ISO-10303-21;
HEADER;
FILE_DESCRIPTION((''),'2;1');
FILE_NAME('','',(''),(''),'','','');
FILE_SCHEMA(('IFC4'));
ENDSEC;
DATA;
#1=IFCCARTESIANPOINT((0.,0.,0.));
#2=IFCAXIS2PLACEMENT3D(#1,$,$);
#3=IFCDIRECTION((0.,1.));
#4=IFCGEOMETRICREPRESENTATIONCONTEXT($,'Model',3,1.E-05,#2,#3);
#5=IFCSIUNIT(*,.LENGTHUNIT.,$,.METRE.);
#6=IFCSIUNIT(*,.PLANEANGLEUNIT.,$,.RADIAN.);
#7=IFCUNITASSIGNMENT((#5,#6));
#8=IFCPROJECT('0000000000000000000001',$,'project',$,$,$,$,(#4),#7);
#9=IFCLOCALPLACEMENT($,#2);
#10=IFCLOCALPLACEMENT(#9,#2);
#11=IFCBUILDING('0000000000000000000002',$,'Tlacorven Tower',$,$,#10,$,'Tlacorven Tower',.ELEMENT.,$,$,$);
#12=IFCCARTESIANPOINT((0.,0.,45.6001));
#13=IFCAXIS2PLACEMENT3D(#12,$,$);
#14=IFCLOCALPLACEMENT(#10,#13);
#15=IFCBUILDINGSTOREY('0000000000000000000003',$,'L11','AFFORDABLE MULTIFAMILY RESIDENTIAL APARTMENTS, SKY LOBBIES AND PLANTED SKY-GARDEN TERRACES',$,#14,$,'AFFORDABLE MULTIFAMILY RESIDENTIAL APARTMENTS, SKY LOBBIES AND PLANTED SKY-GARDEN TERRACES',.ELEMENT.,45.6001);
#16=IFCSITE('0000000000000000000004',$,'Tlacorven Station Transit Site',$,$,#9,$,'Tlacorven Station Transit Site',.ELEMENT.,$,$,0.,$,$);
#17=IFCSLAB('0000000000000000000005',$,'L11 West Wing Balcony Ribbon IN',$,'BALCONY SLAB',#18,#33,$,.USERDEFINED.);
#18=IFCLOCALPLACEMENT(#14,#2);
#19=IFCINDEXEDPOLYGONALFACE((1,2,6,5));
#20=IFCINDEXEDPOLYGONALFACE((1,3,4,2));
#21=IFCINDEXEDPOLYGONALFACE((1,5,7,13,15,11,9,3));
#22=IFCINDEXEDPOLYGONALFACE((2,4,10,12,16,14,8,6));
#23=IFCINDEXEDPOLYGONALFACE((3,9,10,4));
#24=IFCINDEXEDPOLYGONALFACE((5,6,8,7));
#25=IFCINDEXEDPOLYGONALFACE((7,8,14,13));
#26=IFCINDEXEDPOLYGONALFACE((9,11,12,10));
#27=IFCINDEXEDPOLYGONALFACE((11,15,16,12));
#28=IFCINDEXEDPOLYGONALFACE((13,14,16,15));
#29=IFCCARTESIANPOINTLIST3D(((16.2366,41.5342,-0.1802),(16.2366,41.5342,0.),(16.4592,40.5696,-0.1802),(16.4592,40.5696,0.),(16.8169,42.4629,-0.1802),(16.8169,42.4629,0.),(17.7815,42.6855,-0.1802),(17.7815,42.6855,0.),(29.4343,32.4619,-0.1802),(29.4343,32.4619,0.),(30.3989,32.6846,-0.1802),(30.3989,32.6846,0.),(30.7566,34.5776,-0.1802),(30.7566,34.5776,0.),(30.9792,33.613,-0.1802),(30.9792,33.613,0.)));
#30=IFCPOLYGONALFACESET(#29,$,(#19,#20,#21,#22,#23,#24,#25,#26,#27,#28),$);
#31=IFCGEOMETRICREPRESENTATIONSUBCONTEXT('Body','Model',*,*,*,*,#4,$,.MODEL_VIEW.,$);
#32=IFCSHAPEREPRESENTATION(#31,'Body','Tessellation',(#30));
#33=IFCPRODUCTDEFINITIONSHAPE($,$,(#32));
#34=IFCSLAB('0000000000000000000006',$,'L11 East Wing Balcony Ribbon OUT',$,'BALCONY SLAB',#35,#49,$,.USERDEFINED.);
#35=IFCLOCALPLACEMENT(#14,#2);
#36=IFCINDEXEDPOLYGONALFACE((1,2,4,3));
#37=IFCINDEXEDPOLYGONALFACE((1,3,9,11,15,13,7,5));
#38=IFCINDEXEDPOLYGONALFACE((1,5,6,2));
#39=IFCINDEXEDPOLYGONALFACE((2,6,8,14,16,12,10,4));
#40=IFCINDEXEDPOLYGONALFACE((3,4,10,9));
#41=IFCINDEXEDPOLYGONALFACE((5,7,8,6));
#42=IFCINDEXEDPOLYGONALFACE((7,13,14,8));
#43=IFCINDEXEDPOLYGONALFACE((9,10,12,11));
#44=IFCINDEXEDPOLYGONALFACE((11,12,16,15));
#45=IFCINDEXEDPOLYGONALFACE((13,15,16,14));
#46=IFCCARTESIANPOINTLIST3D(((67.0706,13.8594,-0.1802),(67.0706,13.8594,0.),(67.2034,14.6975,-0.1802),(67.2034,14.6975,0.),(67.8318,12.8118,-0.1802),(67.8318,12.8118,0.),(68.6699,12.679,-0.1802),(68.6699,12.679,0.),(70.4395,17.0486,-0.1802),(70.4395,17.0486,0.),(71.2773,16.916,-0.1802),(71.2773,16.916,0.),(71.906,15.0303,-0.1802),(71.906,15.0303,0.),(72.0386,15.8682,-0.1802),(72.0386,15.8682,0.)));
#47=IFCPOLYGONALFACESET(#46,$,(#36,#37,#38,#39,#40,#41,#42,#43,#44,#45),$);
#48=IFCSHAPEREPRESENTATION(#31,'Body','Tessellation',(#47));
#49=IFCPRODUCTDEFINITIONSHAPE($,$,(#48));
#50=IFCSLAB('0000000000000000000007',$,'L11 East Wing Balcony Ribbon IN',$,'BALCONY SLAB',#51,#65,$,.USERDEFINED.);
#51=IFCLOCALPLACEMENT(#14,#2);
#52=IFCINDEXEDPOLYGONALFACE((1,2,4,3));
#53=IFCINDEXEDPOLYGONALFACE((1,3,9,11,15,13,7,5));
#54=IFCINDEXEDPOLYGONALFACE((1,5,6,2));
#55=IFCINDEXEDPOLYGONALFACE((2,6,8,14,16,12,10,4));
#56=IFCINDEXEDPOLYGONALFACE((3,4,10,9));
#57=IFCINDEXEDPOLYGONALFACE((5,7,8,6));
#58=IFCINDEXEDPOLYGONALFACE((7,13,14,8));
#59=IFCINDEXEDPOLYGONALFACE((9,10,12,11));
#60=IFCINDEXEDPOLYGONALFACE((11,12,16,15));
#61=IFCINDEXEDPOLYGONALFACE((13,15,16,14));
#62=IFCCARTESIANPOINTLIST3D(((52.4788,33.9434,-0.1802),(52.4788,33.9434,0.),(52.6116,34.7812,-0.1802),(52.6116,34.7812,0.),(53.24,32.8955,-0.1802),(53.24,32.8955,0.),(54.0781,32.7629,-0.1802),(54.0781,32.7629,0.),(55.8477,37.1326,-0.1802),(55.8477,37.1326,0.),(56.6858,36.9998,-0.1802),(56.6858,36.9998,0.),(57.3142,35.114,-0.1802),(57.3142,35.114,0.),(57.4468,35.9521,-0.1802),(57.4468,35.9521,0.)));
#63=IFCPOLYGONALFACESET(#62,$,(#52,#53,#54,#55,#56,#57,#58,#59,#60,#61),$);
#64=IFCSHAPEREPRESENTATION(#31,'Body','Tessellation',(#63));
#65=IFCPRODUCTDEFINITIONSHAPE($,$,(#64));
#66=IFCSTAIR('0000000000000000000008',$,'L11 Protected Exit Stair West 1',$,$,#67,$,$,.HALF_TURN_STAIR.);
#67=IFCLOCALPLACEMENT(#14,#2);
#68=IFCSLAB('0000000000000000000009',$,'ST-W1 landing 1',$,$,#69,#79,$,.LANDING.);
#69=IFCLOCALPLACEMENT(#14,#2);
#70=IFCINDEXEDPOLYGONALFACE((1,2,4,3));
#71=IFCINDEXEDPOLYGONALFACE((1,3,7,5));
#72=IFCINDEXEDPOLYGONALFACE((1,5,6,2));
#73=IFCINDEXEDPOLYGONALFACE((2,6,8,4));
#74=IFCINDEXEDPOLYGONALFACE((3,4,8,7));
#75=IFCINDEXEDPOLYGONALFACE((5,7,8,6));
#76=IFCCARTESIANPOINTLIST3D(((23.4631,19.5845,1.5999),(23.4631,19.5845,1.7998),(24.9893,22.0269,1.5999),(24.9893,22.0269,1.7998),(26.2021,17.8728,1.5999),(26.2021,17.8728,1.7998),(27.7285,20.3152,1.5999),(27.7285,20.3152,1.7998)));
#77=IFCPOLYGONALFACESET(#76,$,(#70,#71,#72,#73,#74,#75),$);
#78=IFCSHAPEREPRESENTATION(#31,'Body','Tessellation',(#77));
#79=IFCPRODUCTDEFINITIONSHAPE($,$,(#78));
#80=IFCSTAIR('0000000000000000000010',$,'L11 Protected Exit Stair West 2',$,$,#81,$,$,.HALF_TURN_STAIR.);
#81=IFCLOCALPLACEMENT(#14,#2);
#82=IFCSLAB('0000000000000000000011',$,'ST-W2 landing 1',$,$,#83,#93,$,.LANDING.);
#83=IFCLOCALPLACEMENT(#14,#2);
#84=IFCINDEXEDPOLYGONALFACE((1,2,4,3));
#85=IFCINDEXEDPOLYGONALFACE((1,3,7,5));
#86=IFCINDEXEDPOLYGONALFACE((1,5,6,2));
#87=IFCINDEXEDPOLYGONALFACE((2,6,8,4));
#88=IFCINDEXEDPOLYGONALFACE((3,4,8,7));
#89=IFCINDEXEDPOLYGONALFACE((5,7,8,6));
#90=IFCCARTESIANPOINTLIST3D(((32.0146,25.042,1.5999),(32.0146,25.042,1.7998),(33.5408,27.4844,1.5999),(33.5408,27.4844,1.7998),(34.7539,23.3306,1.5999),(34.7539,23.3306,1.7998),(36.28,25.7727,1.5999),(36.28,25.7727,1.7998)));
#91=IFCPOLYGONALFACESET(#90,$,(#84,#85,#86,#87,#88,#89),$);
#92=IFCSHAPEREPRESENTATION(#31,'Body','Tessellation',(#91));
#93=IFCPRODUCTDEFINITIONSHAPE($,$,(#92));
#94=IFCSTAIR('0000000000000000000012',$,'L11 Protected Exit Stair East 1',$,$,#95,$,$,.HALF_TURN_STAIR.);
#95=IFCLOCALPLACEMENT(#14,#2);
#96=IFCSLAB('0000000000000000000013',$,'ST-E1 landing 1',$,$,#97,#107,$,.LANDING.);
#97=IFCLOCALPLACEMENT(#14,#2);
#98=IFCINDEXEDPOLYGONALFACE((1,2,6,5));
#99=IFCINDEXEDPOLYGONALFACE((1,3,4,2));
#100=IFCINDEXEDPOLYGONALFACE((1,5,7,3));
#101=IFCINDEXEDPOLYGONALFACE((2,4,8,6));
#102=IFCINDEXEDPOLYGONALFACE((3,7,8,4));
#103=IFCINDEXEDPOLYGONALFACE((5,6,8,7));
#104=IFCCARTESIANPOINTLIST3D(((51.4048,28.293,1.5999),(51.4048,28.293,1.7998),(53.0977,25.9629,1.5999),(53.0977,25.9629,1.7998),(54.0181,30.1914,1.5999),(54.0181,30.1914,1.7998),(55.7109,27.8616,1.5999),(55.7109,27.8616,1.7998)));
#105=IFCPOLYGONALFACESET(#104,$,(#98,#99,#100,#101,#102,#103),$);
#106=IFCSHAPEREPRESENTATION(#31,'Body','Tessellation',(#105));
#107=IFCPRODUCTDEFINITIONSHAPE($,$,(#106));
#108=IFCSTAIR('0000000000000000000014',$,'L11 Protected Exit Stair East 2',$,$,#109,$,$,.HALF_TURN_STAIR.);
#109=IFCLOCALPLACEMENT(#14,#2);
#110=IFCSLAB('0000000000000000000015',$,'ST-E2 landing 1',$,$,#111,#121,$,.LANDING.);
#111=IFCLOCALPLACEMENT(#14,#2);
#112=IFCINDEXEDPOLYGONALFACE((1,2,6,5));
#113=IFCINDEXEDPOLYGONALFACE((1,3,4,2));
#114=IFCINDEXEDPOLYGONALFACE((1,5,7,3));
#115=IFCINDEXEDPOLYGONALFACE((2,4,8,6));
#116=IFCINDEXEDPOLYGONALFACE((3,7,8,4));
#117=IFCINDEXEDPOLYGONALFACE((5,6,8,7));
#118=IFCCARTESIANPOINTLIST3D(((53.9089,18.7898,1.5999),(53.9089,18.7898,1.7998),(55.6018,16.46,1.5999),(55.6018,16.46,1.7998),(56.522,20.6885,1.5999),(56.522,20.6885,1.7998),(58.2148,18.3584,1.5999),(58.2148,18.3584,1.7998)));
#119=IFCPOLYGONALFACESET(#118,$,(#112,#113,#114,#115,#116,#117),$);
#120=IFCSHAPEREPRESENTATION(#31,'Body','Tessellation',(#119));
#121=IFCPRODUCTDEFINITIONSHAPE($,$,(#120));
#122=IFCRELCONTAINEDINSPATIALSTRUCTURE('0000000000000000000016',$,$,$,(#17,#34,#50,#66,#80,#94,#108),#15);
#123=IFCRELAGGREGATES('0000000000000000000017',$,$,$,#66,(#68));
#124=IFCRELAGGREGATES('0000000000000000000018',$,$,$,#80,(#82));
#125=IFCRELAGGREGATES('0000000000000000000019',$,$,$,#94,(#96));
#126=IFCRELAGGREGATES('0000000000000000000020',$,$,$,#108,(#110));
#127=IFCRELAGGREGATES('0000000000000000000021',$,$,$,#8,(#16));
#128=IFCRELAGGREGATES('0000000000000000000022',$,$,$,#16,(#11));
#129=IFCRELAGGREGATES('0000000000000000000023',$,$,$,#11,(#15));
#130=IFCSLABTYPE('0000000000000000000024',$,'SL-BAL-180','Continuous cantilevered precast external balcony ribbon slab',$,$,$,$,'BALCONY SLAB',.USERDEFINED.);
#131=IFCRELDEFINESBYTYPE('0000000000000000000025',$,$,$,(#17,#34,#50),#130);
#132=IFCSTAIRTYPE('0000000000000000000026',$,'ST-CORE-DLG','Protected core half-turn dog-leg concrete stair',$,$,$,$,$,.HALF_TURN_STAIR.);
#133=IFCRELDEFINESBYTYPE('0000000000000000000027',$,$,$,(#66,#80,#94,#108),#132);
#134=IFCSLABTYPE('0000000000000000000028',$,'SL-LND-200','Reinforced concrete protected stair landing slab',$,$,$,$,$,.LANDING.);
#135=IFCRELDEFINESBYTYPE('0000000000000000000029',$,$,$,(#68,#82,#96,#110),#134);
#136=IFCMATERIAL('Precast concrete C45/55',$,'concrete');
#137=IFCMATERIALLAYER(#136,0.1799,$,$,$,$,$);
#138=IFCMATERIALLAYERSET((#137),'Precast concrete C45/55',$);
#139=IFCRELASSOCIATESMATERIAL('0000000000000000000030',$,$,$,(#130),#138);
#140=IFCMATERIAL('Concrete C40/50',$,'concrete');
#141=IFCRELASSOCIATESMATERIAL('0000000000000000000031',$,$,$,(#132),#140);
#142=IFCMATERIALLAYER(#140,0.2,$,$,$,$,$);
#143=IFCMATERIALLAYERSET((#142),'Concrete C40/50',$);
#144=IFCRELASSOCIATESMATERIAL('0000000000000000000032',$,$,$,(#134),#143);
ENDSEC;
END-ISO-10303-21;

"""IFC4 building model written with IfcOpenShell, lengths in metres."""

from ifc_helpers import new_model, si_unit, direction, frame, origin, place, context, subcontext, project, spatial, polyline, outline, extrude, material, layer, layer_set, type_object, element, aggregate, save


model = new_model("IFC4")

# Units and contexts
model_context = context("Model", 3, precision=1e-05, world=origin(), true_north=direction((0.0, 1.0)))
body_context = subcontext(model_context, "Body", "Model", "MODEL_VIEW")
ifc_project = project(units=[si_unit("LENGTHUNIT", "METRE"), si_unit("PLANEANGLEUNIT", "RADIAN")], contexts=[model_context])

# Site, building, storey
site_placement = place(None, origin())
site = spatial("IfcSite", under=ifc_project, at=site_placement, Name="Tlacorven Station Transit Site", LongName="Tlacorven Station Transit Site", CompositionType="ELEMENT", RefElevation=0.0)
building_placement = place(site_placement, origin())
building = spatial("IfcBuilding", under=site, at=building_placement, Name="Tlacorven Tower", LongName="Tlacorven Tower", CompositionType="ELEMENT")
storey_placement = place(building_placement, frame((0.0, 0.0, 45.6001)))
storey = spatial("IfcBuildingStorey", under=building, at=storey_placement, Name="L11", Description="AFFORDABLE MULTIFAMILY RESIDENTIAL APARTMENTS, SKY LOBBIES AND PLANTED SKY-GARDEN TERRACES", LongName="AFFORDABLE MULTIFAMILY RESIDENTIAL APARTMENTS, SKY LOBBIES AND PLANTED SKY-GARDEN TERRACES", CompositionType="ELEMENT", Elevation=45.6001)

# Slabs
ifc_material_1 = material(Name="Precast concrete C45/55", Category="concrete")
ifc_layer_1 = layer(ifc_material_1, 0.1799)
ifc_layer_set_1 = layer_set([ifc_layer_1], Name="Precast concrete C45/55")
slab_type_1 = type_object("IfcSlabType", Name="SL-BAL-180", Description="Continuous cantilevered precast external balcony ribbon slab", ElementType="BALCONY SLAB", PredefinedType="USERDEFINED", material=ifc_layer_set_1)
slab_1_placement = place(storey_placement, frame((0.0, 0.0, -0.1802)))
element("IfcSlab", 1, at=slab_1_placement, inside=storey, type_object=slab_type_1, Name="L11 West Wing Balcony Ribbon IN", ObjectType="BALCONY SLAB", PredefinedType="USERDEFINED", context=body_context, shape_type="SweptSolid", body=[
    extrude(outline(polyline([(30.7566, 34.5776), (17.7815, 42.6855), (16.8169, 42.4629), (16.2366, 41.5342), (16.4592, 40.5696), (29.4343, 32.4619), (30.3989, 32.6846), (30.9792, 33.613), (30.7566, 34.5776)])), origin(), (0.0, 0.0, 1.0), 0.1802),
])
slab_2_placement = place(storey_placement, frame((0.0, 0.0, -0.1802)))
element("IfcSlab", 2, at=slab_2_placement, inside=storey, type_object=slab_type_1, Name="L11 East Wing Balcony Ribbon OUT", ObjectType="BALCONY SLAB", PredefinedType="USERDEFINED", context=body_context, shape_type="SweptSolid", body=[
    extrude(outline(polyline([(68.6699, 12.679), (71.906, 15.0303), (72.0386, 15.8682), (71.2773, 16.916), (70.4395, 17.0486), (67.2034, 14.6975), (67.0706, 13.8594), (67.8318, 12.8118), (68.6699, 12.679)])), origin(), (0.0, 0.0, 1.0), 0.1802),
])
slab_3_placement = place(storey_placement, frame((0.0, 0.0, -0.1802)))
element("IfcSlab", 3, at=slab_3_placement, inside=storey, type_object=slab_type_1, Name="L11 East Wing Balcony Ribbon IN", ObjectType="BALCONY SLAB", PredefinedType="USERDEFINED", context=body_context, shape_type="SweptSolid", body=[
    extrude(outline(polyline([(54.0781, 32.7629), (57.3142, 35.114), (57.4468, 35.9521), (56.6858, 36.9998), (55.8477, 37.1326), (52.6116, 34.7812), (52.4788, 33.9434), (53.24, 32.8955), (54.0781, 32.7629)])), origin(), (0.0, 0.0, 1.0), 0.1802),
])

# Stairs, slabs
ifc_material_2 = material(Name="Concrete C40/50", Category="concrete")
stair_type = type_object("IfcStairType", Name="ST-CORE-DLG", Description="Protected core half-turn dog-leg concrete stair", PredefinedType="HALF_TURN_STAIR", material=ifc_material_2)
stair_1_placement = place(storey_placement, origin())
stair_1 = element("IfcStair", 4, at=stair_1_placement, inside=storey, type_object=stair_type, Name="L11 Protected Exit Stair West 1", PredefinedType="HALF_TURN_STAIR")
ifc_layer_2 = layer(ifc_material_2, 0.2)
ifc_layer_set_2 = layer_set([ifc_layer_2], Name="Concrete C40/50")
slab_type_2 = type_object("IfcSlabType", Name="SL-LND-200", Description="Reinforced concrete protected stair landing slab", PredefinedType="LANDING", material=ifc_layer_set_2)
slab_4_placement = place(storey_placement, frame((0.0, 0.0, 1.5999)))
slab_4 = element("IfcSlab", 5, at=slab_4_placement, type_object=slab_type_2, Name="ST-W1 landing 1", PredefinedType="LANDING", context=body_context, shape_type="SweptSolid", body=[
    extrude(outline(polyline([(27.7285, 20.3152), (24.9893, 22.0269), (23.4631, 19.5845), (26.2021, 17.8728), (27.7285, 20.3152)])), origin(), (0.0, 0.0, 1.0), 0.2),
])
aggregate(stair_1, [slab_4])
stair_2_placement = place(storey_placement, origin())
stair_2 = element("IfcStair", 6, at=stair_2_placement, inside=storey, type_object=stair_type, Name="L11 Protected Exit Stair West 2", PredefinedType="HALF_TURN_STAIR")
slab_5_placement = place(storey_placement, frame((0.0, 0.0, 1.5999)))
slab_5 = element("IfcSlab", 7, at=slab_5_placement, type_object=slab_type_2, Name="ST-W2 landing 1", PredefinedType="LANDING", context=body_context, shape_type="SweptSolid", body=[
    extrude(outline(polyline([(36.28, 25.7727), (33.5408, 27.4844), (32.0146, 25.042), (34.7539, 23.3306), (36.28, 25.7727)])), origin(), (0.0, 0.0, 1.0), 0.2),
])
aggregate(stair_2, [slab_5])
stair_3_placement = place(storey_placement, origin())
stair_3 = element("IfcStair", 8, at=stair_3_placement, inside=storey, type_object=stair_type, Name="L11 Protected Exit Stair East 1", PredefinedType="HALF_TURN_STAIR")
slab_6_placement = place(storey_placement, frame((0.0, 0.0, 1.5999)))
slab_6 = element("IfcSlab", 9, at=slab_6_placement, type_object=slab_type_2, Name="ST-E1 landing 1", PredefinedType="LANDING", context=body_context, shape_type="SweptSolid", body=[
    extrude(outline(polyline([(53.0977, 25.9629), (55.7109, 27.8616), (54.0181, 30.1914), (51.4048, 28.293), (53.0977, 25.9629)])), origin(), (0.0, 0.0, 1.0), 0.2),
])
aggregate(stair_3, [slab_6])
stair_4_placement = place(storey_placement, origin())
stair_4 = element("IfcStair", 10, at=stair_4_placement, inside=storey, type_object=stair_type, Name="L11 Protected Exit Stair East 2", PredefinedType="HALF_TURN_STAIR")
slab_7_placement = place(storey_placement, frame((0.0, 0.0, 1.5999)))
slab_7 = element("IfcSlab", 11, at=slab_7_placement, type_object=slab_type_2, Name="ST-E2 landing 1", PredefinedType="LANDING", context=body_context, shape_type="SweptSolid", body=[
    extrude(outline(polyline([(55.6018, 16.46), (58.2148, 18.3584), (56.522, 20.6885), (53.9089, 18.7898), (55.6018, 16.46)])), origin(), (0.0, 0.0, 1.0), 0.2),
])
aggregate(stair_4, [slab_7])

save(model, "model.ifc")
